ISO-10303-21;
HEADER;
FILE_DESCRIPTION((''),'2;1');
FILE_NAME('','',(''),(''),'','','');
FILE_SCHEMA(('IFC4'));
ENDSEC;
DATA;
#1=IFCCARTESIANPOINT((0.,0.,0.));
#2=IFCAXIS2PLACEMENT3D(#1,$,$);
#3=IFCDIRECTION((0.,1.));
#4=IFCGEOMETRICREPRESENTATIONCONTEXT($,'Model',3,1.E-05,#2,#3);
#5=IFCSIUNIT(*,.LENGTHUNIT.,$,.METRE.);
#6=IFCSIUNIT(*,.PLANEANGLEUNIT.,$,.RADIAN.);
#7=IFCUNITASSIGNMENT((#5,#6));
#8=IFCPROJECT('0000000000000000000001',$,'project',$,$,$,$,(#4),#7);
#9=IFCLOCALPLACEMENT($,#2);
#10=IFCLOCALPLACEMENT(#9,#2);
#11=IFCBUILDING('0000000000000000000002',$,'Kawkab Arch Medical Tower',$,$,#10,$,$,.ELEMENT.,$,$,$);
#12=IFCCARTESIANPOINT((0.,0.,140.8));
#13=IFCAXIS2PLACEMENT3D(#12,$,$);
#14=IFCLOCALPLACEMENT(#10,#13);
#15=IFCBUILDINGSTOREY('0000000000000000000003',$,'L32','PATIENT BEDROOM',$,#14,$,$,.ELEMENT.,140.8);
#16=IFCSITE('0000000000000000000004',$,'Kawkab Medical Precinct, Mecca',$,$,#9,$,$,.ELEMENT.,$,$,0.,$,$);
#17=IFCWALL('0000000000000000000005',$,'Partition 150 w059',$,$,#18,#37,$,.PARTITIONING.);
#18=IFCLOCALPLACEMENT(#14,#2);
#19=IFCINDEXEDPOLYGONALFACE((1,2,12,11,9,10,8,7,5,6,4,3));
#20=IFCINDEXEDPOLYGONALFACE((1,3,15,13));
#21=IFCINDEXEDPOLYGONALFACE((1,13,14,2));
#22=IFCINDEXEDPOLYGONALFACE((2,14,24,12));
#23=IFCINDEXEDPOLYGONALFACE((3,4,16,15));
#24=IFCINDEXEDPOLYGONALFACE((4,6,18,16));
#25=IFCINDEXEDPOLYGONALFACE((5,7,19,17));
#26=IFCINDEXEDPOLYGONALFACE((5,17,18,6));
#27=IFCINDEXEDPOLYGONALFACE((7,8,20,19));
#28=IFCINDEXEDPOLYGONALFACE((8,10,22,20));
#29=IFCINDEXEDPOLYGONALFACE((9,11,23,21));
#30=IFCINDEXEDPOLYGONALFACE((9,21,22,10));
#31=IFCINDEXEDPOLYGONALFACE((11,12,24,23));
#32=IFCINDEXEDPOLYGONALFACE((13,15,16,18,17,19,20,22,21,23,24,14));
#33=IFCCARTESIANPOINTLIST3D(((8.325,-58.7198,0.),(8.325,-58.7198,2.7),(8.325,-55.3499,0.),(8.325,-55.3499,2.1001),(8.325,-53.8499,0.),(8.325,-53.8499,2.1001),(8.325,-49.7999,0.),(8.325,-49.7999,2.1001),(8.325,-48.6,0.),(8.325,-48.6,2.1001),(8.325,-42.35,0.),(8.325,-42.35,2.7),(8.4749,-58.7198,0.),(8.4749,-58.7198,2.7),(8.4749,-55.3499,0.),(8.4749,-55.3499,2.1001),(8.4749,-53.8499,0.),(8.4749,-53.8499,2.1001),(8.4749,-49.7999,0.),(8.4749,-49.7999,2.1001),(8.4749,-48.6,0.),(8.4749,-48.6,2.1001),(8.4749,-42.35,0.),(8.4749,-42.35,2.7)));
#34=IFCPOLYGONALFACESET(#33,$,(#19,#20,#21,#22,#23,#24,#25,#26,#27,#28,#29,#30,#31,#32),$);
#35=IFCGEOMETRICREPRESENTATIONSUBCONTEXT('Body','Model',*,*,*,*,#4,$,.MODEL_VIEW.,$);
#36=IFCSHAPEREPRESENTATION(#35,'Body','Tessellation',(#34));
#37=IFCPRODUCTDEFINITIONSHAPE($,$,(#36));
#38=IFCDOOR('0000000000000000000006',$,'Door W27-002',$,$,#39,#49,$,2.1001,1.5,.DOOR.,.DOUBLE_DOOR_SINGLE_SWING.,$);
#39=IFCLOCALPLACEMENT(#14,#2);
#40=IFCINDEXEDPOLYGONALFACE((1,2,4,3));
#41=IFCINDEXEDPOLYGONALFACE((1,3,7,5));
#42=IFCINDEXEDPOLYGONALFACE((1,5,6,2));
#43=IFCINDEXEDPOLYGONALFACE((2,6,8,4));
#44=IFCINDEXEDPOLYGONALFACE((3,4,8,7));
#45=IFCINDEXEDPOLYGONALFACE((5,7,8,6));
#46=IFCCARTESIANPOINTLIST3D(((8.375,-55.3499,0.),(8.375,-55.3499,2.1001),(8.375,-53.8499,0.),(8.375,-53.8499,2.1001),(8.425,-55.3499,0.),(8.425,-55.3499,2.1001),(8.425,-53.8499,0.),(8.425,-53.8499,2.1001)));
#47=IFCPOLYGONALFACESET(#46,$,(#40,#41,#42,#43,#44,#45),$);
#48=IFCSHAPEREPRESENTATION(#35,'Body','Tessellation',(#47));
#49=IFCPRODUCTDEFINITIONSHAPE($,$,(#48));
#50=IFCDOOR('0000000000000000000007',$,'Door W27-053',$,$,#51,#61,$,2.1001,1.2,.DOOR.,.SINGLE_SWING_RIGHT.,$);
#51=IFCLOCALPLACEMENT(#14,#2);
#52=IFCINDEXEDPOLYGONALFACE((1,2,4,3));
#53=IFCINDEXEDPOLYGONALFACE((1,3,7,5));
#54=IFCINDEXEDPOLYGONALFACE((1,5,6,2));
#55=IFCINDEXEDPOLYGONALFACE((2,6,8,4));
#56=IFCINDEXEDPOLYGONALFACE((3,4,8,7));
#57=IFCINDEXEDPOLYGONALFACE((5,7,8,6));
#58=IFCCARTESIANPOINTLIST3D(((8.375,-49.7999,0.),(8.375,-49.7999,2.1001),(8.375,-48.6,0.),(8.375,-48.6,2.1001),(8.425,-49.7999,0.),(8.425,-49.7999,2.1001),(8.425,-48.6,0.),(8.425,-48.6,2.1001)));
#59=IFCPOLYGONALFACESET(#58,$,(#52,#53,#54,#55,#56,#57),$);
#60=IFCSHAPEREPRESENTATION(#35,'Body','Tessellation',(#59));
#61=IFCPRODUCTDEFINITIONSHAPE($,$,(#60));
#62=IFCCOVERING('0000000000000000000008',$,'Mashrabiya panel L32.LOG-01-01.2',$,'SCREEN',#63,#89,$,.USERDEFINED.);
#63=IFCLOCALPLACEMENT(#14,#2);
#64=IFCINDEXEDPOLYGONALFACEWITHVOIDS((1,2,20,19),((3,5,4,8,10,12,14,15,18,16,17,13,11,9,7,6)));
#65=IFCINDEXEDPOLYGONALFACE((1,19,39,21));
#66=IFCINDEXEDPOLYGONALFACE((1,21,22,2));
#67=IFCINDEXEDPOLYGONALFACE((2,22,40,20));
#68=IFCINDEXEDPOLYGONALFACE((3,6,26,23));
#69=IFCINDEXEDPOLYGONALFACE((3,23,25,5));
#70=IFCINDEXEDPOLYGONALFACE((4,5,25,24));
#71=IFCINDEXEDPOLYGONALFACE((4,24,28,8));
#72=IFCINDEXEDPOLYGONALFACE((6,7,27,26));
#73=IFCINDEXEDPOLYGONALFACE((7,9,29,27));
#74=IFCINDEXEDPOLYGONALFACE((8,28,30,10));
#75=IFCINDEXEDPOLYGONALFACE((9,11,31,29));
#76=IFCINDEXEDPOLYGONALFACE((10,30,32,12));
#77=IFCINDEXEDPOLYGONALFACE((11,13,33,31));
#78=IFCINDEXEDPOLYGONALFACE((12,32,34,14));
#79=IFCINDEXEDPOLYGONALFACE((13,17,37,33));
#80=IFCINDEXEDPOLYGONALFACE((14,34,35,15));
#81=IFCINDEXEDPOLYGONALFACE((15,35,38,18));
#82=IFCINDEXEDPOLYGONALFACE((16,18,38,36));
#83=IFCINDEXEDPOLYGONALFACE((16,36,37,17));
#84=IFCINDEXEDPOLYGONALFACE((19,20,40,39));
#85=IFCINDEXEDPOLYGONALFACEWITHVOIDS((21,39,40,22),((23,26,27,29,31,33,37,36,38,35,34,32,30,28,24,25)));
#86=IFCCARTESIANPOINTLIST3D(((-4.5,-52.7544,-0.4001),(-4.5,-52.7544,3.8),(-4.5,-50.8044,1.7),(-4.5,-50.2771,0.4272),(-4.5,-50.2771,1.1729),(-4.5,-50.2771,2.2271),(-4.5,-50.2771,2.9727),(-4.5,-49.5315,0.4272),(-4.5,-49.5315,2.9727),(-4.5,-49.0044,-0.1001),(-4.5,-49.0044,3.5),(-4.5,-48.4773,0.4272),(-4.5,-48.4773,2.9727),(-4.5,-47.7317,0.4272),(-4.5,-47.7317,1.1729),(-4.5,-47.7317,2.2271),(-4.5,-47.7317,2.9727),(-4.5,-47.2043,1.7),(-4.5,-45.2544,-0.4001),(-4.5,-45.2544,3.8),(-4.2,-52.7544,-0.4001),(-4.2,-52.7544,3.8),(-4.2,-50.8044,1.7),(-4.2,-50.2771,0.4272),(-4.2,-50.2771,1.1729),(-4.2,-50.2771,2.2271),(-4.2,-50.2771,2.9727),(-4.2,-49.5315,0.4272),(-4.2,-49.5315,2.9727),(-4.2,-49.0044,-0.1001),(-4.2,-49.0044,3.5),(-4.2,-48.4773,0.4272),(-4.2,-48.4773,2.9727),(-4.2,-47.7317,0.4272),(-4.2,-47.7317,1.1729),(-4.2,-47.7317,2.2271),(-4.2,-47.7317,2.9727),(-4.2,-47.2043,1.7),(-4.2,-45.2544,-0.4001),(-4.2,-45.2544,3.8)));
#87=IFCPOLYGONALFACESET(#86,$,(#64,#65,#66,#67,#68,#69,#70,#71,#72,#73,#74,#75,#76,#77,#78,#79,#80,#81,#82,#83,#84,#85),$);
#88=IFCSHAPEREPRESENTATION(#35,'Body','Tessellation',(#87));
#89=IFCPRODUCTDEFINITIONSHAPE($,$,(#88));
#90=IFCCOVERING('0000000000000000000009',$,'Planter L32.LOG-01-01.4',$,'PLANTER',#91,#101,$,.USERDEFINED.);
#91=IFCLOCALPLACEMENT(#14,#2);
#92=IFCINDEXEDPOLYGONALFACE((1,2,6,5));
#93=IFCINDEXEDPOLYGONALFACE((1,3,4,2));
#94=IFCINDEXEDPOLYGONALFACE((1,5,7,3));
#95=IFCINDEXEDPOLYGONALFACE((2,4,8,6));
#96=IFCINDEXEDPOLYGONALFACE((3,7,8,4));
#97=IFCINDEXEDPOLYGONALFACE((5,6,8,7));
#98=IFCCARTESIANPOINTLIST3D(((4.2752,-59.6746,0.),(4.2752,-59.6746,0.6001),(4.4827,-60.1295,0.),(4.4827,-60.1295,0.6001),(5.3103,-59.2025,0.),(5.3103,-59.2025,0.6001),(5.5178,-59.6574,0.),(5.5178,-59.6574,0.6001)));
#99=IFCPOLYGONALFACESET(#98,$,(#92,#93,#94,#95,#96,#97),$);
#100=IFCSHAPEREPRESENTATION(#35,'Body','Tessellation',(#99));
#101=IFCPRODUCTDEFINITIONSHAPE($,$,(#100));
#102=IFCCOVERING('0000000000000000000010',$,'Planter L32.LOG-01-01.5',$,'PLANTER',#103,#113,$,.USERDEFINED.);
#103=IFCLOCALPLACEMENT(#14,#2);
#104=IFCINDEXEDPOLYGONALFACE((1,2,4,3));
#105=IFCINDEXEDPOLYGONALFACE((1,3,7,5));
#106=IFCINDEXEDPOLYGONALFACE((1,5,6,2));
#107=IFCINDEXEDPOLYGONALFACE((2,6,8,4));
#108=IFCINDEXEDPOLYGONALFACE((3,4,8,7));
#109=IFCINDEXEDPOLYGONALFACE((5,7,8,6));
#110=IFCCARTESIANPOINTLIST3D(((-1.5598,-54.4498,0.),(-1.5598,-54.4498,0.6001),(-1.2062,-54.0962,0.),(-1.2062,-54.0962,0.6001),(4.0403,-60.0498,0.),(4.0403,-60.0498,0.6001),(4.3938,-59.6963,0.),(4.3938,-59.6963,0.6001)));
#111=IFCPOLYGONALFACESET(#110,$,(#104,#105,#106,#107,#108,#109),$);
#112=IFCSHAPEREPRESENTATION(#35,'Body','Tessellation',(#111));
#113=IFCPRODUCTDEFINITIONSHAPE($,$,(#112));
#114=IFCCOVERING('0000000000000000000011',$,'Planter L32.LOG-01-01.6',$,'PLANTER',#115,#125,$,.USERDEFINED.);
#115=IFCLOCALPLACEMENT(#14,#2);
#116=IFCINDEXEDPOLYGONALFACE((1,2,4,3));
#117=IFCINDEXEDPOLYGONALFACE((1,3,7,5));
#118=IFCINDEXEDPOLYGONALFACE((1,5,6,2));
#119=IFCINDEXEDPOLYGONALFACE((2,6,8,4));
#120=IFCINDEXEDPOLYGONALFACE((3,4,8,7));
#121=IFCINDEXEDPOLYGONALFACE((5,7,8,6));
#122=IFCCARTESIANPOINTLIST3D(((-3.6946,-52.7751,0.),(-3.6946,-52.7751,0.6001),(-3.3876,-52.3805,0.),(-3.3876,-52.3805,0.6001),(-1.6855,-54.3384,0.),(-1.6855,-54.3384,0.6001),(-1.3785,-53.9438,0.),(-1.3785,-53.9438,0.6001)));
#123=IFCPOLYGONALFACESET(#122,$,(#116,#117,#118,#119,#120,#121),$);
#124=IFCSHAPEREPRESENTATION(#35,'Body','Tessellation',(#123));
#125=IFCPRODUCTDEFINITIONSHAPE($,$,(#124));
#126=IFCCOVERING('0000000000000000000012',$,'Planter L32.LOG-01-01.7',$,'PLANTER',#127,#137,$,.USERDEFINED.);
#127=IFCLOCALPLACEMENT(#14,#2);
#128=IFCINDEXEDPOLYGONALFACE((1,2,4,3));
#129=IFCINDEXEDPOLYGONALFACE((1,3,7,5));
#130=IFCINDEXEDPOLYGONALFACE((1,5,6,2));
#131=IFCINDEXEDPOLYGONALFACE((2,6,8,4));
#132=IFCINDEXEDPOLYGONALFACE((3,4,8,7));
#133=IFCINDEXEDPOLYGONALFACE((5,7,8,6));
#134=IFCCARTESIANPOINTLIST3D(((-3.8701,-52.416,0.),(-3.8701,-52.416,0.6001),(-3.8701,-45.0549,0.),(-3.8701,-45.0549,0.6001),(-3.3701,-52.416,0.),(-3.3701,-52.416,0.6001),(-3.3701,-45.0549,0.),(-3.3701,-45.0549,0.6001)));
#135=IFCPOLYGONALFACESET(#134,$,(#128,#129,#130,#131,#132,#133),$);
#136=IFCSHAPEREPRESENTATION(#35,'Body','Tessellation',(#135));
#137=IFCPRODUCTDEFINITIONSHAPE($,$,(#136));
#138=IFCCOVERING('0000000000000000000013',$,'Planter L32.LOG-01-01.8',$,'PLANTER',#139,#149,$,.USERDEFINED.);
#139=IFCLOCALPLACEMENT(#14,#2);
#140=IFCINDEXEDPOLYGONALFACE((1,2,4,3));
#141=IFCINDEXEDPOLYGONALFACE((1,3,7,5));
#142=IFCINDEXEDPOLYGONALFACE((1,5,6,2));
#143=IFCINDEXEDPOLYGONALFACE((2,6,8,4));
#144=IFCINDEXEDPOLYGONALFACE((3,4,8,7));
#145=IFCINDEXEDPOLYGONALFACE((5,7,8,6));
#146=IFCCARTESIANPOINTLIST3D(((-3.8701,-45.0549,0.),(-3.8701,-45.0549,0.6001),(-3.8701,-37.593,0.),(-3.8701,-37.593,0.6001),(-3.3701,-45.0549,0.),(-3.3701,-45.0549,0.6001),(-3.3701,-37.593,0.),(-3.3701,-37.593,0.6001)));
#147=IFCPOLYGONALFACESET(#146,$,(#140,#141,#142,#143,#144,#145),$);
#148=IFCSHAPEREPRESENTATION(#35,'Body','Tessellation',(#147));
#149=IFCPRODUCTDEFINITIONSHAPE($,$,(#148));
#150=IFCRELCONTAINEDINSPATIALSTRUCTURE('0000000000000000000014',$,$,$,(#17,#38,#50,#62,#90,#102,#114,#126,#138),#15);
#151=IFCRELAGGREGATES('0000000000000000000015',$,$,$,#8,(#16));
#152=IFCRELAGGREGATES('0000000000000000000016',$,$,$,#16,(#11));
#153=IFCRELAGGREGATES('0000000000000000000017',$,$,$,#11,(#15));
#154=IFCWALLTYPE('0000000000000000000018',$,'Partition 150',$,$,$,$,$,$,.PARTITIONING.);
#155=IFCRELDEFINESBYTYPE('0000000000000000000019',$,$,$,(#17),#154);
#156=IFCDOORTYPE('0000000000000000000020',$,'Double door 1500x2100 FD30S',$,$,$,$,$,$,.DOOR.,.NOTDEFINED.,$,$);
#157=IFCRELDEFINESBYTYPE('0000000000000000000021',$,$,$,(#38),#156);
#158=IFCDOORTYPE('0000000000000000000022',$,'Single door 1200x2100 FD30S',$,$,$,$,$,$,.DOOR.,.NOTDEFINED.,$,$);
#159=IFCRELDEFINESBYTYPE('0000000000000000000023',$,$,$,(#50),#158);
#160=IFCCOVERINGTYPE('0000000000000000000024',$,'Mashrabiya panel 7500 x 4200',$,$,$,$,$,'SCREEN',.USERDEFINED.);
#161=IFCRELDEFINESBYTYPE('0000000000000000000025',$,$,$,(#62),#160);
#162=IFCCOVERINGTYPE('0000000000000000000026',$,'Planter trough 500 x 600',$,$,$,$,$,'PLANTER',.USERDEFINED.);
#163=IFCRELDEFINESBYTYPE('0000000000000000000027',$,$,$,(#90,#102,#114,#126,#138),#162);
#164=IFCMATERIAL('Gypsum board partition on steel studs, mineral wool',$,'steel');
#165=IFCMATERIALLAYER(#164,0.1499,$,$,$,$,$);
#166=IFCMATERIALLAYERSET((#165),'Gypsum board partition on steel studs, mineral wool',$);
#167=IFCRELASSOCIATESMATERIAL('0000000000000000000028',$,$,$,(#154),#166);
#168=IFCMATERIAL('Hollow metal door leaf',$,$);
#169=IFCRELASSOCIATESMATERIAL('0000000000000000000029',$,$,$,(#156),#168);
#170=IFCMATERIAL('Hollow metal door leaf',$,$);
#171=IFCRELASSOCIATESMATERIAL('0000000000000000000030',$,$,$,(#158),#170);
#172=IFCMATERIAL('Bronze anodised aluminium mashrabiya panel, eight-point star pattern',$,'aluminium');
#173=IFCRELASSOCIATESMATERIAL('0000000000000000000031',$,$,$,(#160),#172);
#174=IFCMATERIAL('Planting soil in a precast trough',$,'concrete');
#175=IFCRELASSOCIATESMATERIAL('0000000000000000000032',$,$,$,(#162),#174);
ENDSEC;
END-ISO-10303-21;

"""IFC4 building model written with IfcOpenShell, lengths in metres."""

from ifc_helpers import new_model, si_unit, direction, frame, frame_2d, origin, origin_2d, place, context, subcontext, project, spatial, polyline, rectangle, outline, extrude, material, layer, layer_set, material_profile, profile_set, type_object, element, fill, save


model = new_model("IFC4")

# Units and contexts
model_context = context("Model", 3, precision=1e-05, world=origin(), true_north=direction((0.0, 1.0)))
body_context = subcontext(model_context, "Body", "Model", "MODEL_VIEW")
ifc_project = project(units=[si_unit("LENGTHUNIT", "METRE"), si_unit("PLANEANGLEUNIT", "RADIAN")], contexts=[model_context])

# Site, building, storey
site_placement = place(None, origin())
site = spatial("IfcSite", under=ifc_project, at=site_placement, Name="Kawkab Medical Precinct, Mecca", CompositionType="ELEMENT", RefElevation=0.0)
building_placement = place(site_placement, origin())
building = spatial("IfcBuilding", under=site, at=building_placement, Name="Kawkab Arch Medical Tower", CompositionType="ELEMENT")
storey_placement = place(building_placement, frame((0.0, 0.0, 140.8)))
storey = spatial("IfcBuildingStorey", under=building, at=storey_placement, Name="L32", Description="PATIENT BEDROOM", CompositionType="ELEMENT", Elevation=140.8)

# Shared definitions
ifc_material_1 = material(Name="Gypsum board partition on steel studs, mineral wool", Category="steel")
ifc_layer_1 = layer(ifc_material_1, 0.1499)
ifc_layer_set_1 = layer_set([ifc_layer_1], Name="Gypsum board partition on steel studs, mineral wool")
wall_type_1 = type_object("IfcWallType", Name="Partition 150", PredefinedType="PARTITIONING", material=ifc_layer_set_1)

# Wall, openings, doors
wall_1_placement = place(storey_placement, frame((8.3999, -58.72, 0.0), z_axis=(0.0, 0.0, 1.0), x_axis=(0.0, 1.0, 0.0)))
wall_1 = element("IfcWall", 1, at=wall_1_placement, inside=storey, type_object=wall_type_1, Name="Partition 150 w059", PredefinedType="PARTITIONING", context=body_context, shape_type="SweptSolid", body=[
    extrude(rectangle(XDim=16.3699, YDim=0.1499, at=frame_2d((8.1851, 0.0))), origin(), (0.0, 0.0, 1.0), 2.7),
])
opening_1_placement = place(wall_1_placement, frame((8.9199, 0.0, 0.0)))
opening_1 = element("IfcOpeningElement", 2, at=opening_1_placement, cuts=wall_1, PredefinedType="OPENING", context=body_context, shape_type="SweptSolid", body=[
    extrude(rectangle(XDim=1.2, YDim=2.1001, at=frame_2d((0.6001, 1.05))), frame((0.0, 0.085, 0.0), z_axis=(0.0, -1.0, 0.0), x_axis=(1.0, 0.0, 0.0)), (0.0, 0.0, 1.0), 0.1699),
])
opening_2_placement = place(wall_1_placement, frame((3.3701, 0.0, 0.0)))
opening_2 = element("IfcOpeningElement", 3, at=opening_2_placement, cuts=wall_1, PredefinedType="OPENING", context=body_context, shape_type="SweptSolid", body=[
    extrude(rectangle(XDim=1.5, YDim=2.1001, at=frame_2d((0.75, 1.05))), frame((0.0, 0.085, 0.0), z_axis=(0.0, -1.0, 0.0), x_axis=(1.0, 0.0, 0.0)), (0.0, 0.0, 1.0), 0.1699),
])
ifc_material_2 = material(Name="Hollow metal door leaf")
door_type_1 = type_object("IfcDoorType", Name="Double door 1500x2100 FD30S", OperationType="NOTDEFINED", PredefinedType="DOOR", material=ifc_material_2)
door_1_placement = place(opening_2_placement, origin())
door_1 = element("IfcDoor", 4, at=door_1_placement, inside=storey, type_object=door_type_1, Name="Door W27-002", OperationType="DOUBLE_DOOR_SINGLE_SWING", OverallHeight=2.1001, OverallWidth=1.5, PredefinedType="DOOR", context=body_context, shape_type="SweptSolid", body=[
    extrude(rectangle(XDim=1.5, YDim=2.1001, at=frame_2d((0.75, 1.05))), frame((0.0, 0.0249, 0.0), z_axis=(0.0, -1.0, 0.0), x_axis=(1.0, 0.0, 0.0)), (0.0, 0.0, 1.0), 0.05),
])
fill(opening_2, door_1)
ifc_material_3 = material(Name="Hollow metal door leaf")
door_type_2 = type_object("IfcDoorType", Name="Single door 1200x2100 FD30S", OperationType="NOTDEFINED", PredefinedType="DOOR", material=ifc_material_3)
door_2_placement = place(opening_1_placement, origin())
door_2 = element("IfcDoor", 5, at=door_2_placement, inside=storey, type_object=door_type_2, Name="Door W27-053", OperationType="SINGLE_SWING_RIGHT", OverallHeight=2.1001, OverallWidth=1.2, PredefinedType="DOOR", context=body_context, shape_type="SweptSolid", body=[
    extrude(rectangle(XDim=1.2, YDim=2.1001, at=frame_2d((0.6001, 1.05))), frame((0.0, 0.0249, 0.0), z_axis=(0.0, -1.0, 0.0), x_axis=(1.0, 0.0, 0.0)), (0.0, 0.0, 1.0), 0.05),
])
fill(opening_1, door_2)

# Coverings
ifc_material_4 = material(Name="Bronze anodised aluminium mashrabiya panel, eight-point star pattern", Category="aluminium")
ifc_material_profile_1 = material_profile(ifc_material_4, outline(polyline([(-3.75, -2.1001), (3.75, -2.1001), (3.75, 2.1001), (-3.75, 2.1001), (-3.75, -2.1001)]), holes=[polyline([(1.8, 0.0), (1.2727, 0.5271), (1.2727, 1.2727), (0.5271, 1.2727), (0.0, 1.8), (-0.5271, 1.2727), (-1.2727, 1.2727), (-1.2727, 0.5271), (-1.8, 0.0), (-1.2727, -0.5271), (-1.2727, -1.2727), (-0.5271, -1.2727), (0.0, -1.8), (0.5271, -1.2727), (1.2727, -1.2727), (1.2727, -0.5271), (1.8, 0.0)])]), Name="Mashrabiya panel 7500x4200")
ifc_profile_set_1 = profile_set([ifc_material_profile_1], Name="Bronze anodised aluminium mashrabiya panel, eight-point star pattern")
covering_type_1 = type_object("IfcCoveringType", Name="Mashrabiya panel 7500 x 4200", ElementType="SCREEN", PredefinedType="USERDEFINED", material=ifc_profile_set_1)
covering_1_placement = place(storey_placement, frame((-4.2, -49.0044, 1.7), z_axis=(-1.0, 0.0, 0.0), x_axis=(0.0, -1.0, 0.0)))
element("IfcCovering", 6, at=covering_1_placement, inside=storey, type_object=covering_type_1, Name="Mashrabiya panel L32.LOG-01-01.2", ObjectType="SCREEN", PredefinedType="USERDEFINED", context=body_context, shape_type="SweptSolid", body=[
    extrude(outline(polyline([(-3.75, -2.1001), (3.75, -2.1001), (3.75, 2.1001), (-3.75, 2.1001), (-3.75, -2.1001)]), holes=[polyline([(1.8, 0.0), (1.2727, 0.5271), (1.2727, 1.2727), (0.5271, 1.2727), (0.0, 1.8), (-0.5271, 1.2727), (-1.2727, 1.2727), (-1.2727, 0.5271), (-1.8, 0.0), (-1.2727, -0.5271), (-1.2727, -1.2727), (-0.5271, -1.2727), (0.0, -1.8), (0.5271, -1.2727), (1.2727, -1.2727), (1.2727, -0.5271), (1.8, 0.0)])]), origin(), (0.0, 0.0, 1.0), 0.3),
])
ifc_material_5 = material(Name="Planting soil in a precast trough", Category="concrete")
ifc_material_profile_2 = material_profile(ifc_material_5, rectangle(XDim=0.5, YDim=0.6001, at=origin_2d()), Name="Trough 500x600")
ifc_profile_set_2 = profile_set([ifc_material_profile_2], Name="Planting soil in a precast trough")
covering_type_2 = type_object("IfcCoveringType", Name="Planter trough 500 x 600", ElementType="PLANTER", PredefinedType="USERDEFINED", material=ifc_profile_set_2)
covering_2_placement = place(storey_placement, frame((5.4141, -59.4299, 0.3), z_axis=(-0.909822, -0.414999, 0.0), x_axis=(0.414999, -0.909822, 0.0)))
element("IfcCovering", 7, at=covering_2_placement, inside=storey, type_object=covering_type_2, Name="Planter L32.LOG-01-01.4", ObjectType="PLANTER", PredefinedType="USERDEFINED", context=body_context, shape_type="SweptSolid", body=[
    extrude(rectangle(XDim=0.5, YDim=0.6001, at=origin_2d()), origin(), (0.0, 0.0, 1.0), 1.1377),
])
covering_3_placement = place(storey_placement, frame((4.217, -59.873, 0.3), z_axis=(-0.707107, 0.707107, 0.0), x_axis=(-0.707107, -0.707107, 0.0)))
element("IfcCovering", 8, at=covering_3_placement, inside=storey, type_object=covering_type_2, Name="Planter L32.LOG-01-01.5", ObjectType="PLANTER", PredefinedType="USERDEFINED", context=body_context, shape_type="SweptSolid", body=[
    extrude(rectangle(XDim=0.5, YDim=0.6001, at=origin_2d()), origin(), (0.0, 0.0, 1.0), 7.9197),
])
covering_4_placement = place(storey_placement, frame((-1.532, -54.1411, 0.3), z_axis=(-0.789228, 0.6141, 0.0), x_axis=(-0.6141, -0.789228, 0.0)))
element("IfcCovering", 9, at=covering_4_placement, inside=storey, type_object=covering_type_2, Name="Planter L32.LOG-01-01.6", ObjectType="PLANTER", PredefinedType="USERDEFINED", context=body_context, shape_type="SweptSolid", body=[
    extrude(rectangle(XDim=0.5, YDim=0.6001, at=origin_2d()), origin(), (0.0, 0.0, 1.0), 2.5457),
])
covering_5_placement = place(storey_placement, frame((-3.6201, -52.416, 0.3), z_axis=(0.0, 1.0, 0.0), x_axis=(-1.0, 0.0, 0.0)))
element("IfcCovering", 10, at=covering_5_placement, inside=storey, type_object=covering_type_2, Name="Planter L32.LOG-01-01.7", ObjectType="PLANTER", PredefinedType="USERDEFINED", context=body_context, shape_type="SweptSolid", body=[
    extrude(rectangle(XDim=0.5, YDim=0.6001, at=origin_2d()), origin(), (0.0, 0.0, 1.0), 7.3611),
])
covering_6_placement = place(storey_placement, frame((-3.6201, -45.0549, 0.3), z_axis=(0.0, 1.0, 0.0), x_axis=(-1.0, 0.0, 0.0)))
element("IfcCovering", 11, at=covering_6_placement, inside=storey, type_object=covering_type_2, Name="Planter L32.LOG-01-01.8", ObjectType="PLANTER", PredefinedType="USERDEFINED", context=body_context, shape_type="SweptSolid", body=[
    extrude(rectangle(XDim=0.5, YDim=0.6001, at=origin_2d()), origin(), (0.0, 0.0, 1.0), 7.4619),
])

save(model, "model.ifc")
